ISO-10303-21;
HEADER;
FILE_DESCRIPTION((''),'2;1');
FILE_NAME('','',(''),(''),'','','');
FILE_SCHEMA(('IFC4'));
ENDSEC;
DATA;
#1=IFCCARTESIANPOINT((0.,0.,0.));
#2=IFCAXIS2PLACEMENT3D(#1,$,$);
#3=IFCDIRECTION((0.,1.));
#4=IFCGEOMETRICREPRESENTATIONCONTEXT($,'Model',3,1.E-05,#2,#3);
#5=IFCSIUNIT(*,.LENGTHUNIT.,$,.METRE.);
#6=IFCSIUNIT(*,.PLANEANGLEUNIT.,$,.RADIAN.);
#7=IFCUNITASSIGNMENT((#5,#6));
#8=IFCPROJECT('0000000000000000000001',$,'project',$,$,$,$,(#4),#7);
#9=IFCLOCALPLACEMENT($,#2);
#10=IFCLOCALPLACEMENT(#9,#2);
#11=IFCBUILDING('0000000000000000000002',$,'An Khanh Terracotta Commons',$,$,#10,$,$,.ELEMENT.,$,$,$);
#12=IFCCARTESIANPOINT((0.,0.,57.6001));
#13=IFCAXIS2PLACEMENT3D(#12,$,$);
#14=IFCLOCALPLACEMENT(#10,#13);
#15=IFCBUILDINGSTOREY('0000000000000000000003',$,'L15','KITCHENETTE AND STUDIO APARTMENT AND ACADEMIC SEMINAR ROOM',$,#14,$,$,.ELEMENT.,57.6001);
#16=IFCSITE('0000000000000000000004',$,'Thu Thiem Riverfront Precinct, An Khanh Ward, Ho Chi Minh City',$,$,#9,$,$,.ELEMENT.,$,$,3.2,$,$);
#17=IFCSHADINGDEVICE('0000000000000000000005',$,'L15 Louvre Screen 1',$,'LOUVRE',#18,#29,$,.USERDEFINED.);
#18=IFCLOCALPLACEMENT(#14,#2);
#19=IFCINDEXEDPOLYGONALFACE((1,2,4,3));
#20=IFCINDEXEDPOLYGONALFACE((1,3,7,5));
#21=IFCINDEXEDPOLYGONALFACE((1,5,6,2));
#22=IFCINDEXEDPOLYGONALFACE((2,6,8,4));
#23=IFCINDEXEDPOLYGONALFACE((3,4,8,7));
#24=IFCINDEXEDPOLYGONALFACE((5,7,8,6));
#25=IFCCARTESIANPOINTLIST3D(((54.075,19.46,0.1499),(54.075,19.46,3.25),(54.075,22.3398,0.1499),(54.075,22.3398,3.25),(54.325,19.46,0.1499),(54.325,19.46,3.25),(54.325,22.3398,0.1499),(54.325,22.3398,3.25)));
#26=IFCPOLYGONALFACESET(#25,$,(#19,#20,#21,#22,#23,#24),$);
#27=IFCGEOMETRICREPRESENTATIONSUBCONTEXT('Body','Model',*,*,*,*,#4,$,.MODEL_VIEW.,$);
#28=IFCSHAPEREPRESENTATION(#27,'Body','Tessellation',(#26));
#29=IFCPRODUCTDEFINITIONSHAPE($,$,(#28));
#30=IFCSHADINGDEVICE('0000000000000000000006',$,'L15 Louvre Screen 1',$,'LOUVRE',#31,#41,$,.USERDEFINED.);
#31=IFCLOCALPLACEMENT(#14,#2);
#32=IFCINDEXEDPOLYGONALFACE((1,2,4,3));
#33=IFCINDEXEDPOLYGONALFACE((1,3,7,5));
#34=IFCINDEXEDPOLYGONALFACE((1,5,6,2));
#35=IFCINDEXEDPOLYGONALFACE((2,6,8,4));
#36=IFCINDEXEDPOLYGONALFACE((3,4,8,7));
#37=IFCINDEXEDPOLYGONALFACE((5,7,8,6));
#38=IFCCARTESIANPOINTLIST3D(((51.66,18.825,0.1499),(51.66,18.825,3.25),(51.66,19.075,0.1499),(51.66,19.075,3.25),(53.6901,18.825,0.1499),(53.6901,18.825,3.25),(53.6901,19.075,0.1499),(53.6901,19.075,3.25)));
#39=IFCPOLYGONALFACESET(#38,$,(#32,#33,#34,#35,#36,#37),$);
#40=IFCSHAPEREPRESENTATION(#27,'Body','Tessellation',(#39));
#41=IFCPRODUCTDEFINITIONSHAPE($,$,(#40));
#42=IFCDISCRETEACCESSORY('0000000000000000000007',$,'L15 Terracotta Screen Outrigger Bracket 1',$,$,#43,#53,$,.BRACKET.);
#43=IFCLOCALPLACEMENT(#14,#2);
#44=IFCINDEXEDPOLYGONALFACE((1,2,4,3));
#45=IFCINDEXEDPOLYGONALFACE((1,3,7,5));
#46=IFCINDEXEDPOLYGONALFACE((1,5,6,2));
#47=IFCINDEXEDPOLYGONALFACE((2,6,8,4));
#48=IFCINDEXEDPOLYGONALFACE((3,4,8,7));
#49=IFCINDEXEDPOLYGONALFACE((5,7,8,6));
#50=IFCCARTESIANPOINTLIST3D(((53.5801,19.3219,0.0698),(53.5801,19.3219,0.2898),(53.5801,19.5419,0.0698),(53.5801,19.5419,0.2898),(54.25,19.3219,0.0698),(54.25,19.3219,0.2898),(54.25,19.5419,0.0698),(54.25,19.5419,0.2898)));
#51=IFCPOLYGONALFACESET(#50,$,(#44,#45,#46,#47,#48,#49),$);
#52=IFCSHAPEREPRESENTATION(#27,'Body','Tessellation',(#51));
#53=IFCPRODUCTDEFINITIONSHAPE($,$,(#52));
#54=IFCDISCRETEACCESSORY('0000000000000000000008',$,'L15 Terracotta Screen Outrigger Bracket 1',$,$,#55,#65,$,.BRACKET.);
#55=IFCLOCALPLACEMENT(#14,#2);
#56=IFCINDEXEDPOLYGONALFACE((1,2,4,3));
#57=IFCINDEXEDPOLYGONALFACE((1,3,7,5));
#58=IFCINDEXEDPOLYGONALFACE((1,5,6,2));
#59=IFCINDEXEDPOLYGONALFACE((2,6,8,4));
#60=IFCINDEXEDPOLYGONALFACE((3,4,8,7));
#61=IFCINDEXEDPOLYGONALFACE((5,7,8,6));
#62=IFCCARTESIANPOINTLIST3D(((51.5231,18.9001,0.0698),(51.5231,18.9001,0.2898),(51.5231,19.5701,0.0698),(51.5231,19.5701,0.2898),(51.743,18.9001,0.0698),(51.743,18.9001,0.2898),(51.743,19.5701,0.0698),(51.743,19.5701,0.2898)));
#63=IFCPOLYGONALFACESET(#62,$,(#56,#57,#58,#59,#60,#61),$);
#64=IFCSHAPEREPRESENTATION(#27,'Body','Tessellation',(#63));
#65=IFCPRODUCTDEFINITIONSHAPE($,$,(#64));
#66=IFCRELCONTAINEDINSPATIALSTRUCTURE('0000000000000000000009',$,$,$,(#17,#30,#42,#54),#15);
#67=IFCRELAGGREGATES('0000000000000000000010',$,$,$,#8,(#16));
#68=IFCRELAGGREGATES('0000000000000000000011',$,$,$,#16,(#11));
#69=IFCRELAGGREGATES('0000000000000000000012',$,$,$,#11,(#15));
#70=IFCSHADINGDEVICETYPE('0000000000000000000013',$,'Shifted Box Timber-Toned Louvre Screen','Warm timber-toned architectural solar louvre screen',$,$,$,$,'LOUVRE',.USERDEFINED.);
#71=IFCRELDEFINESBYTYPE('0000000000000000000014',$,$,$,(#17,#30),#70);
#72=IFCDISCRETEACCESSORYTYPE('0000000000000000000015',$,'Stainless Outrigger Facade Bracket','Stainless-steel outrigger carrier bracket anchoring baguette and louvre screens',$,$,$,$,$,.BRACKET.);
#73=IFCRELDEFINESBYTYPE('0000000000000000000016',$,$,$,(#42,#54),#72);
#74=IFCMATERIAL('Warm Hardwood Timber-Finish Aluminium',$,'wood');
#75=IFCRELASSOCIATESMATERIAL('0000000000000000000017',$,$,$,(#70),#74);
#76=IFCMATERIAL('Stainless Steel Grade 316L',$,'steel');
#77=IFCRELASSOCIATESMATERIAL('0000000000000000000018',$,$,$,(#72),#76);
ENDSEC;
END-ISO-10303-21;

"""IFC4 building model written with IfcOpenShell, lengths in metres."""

from ifc_helpers import new_model, si_unit, direction, frame, origin, origin_2d, place, context, subcontext, project, spatial, rectangle, extrude, material, type_object, element, save


model = new_model("IFC4")

# Units and contexts
model_context = context("Model", 3, precision=1e-05, world=origin(), true_north=direction((0.0, 1.0)))
body_context = subcontext(model_context, "Body", "Model", "MODEL_VIEW")
ifc_project = project(units=[si_unit("LENGTHUNIT", "METRE"), si_unit("PLANEANGLEUNIT", "RADIAN")], contexts=[model_context])

# Site, building, storey
site_placement = place(None, origin())
site = spatial("IfcSite", under=ifc_project, at=site_placement, Name="Thu Thiem Riverfront Precinct, An Khanh Ward, Ho Chi Minh City", CompositionType="ELEMENT", RefElevation=3.2)
building_placement = place(site_placement, origin())
building = spatial("IfcBuilding", under=site, at=building_placement, Name="An Khanh Terracotta Commons", CompositionType="ELEMENT")
storey_placement = place(building_placement, frame((0.0, 0.0, 57.6001)))
storey = spatial("IfcBuildingStorey", under=building, at=storey_placement, Name="L15", Description="KITCHENETTE AND STUDIO APARTMENT AND ACADEMIC SEMINAR ROOM", CompositionType="ELEMENT", Elevation=57.6001)

# Shading devices
ifc_material_1 = material(Name="Warm Hardwood Timber-Finish Aluminium", Category="wood")
shading_device_type = type_object("IfcShadingDeviceType", Name="Shifted Box Timber-Toned Louvre Screen", Description="Warm timber-toned architectural solar louvre screen", ElementType="LOUVRE", PredefinedType="USERDEFINED", material=ifc_material_1)
shading_device_1_placement = place(storey_placement, frame((54.2, 20.8999, 0.1499), z_axis=(0.0, 0.0, 1.0), x_axis=(0.0, 1.0, 0.0)))
element("IfcShadingDevice", 1, at=shading_device_1_placement, inside=storey, type_object=shading_device_type, Name="L15 Louvre Screen 1", ObjectType="LOUVRE", PredefinedType="USERDEFINED", context=body_context, shape_type="SweptSolid", body=[
    extrude(rectangle(XDim=2.8799, YDim=0.25, at=origin_2d()), origin(), (0.0, 0.0, 1.0), 3.1001),
])
shading_device_2_placement = place(storey_placement, frame((52.675, 18.95, 0.1499), z_axis=(0.0, 0.0, 1.0), x_axis=(1.0, 0.0, 0.0)))
element("IfcShadingDevice", 2, at=shading_device_2_placement, inside=storey, type_object=shading_device_type, Name="L15 Louvre Screen 1", ObjectType="LOUVRE", PredefinedType="USERDEFINED", context=body_context, shape_type="SweptSolid", body=[
    extrude(rectangle(XDim=2.03, YDim=0.25, at=origin_2d()), origin(), (0.0, 0.0, 1.0), 3.1001),
])

# Discrete accessories
ifc_material_2 = material(Name="Stainless Steel Grade 316L", Category="steel")
discrete_accessory_type = type_object("IfcDiscreteAccessoryType", Name="Stainless Outrigger Facade Bracket", Description="Stainless-steel outrigger carrier bracket anchoring baguette and louvre screens", PredefinedType="BRACKET", material=ifc_material_2)
for number, where, z_axis, x_axis, name in (
    (3, (53.915, 19.4319, 0.0698), (0.0, 0.0, 1.0), (0.0, 1.0, 0.0), "L15 Terracotta Screen Outrigger Bracket 1"),
    (4, (51.6331, 19.2351, 0.0698), (0.0, 0.0, 1.0), (1.0, 0.0, 0.0), "L15 Terracotta Screen Outrigger Bracket 1"),
):
    element("IfcDiscreteAccessory", number, at=place(storey_placement, frame(where, z_axis=z_axis, x_axis=x_axis)), inside=storey, type_object=discrete_accessory_type, Name=name, PredefinedType="BRACKET", context=body_context, shape_type="SweptSolid", body=[
        extrude(rectangle(XDim=0.22, YDim=0.6699, at=origin_2d()), origin(), (0.0, 0.0, 1.0), 0.22),
    ])

save(model, "model.ifc")
